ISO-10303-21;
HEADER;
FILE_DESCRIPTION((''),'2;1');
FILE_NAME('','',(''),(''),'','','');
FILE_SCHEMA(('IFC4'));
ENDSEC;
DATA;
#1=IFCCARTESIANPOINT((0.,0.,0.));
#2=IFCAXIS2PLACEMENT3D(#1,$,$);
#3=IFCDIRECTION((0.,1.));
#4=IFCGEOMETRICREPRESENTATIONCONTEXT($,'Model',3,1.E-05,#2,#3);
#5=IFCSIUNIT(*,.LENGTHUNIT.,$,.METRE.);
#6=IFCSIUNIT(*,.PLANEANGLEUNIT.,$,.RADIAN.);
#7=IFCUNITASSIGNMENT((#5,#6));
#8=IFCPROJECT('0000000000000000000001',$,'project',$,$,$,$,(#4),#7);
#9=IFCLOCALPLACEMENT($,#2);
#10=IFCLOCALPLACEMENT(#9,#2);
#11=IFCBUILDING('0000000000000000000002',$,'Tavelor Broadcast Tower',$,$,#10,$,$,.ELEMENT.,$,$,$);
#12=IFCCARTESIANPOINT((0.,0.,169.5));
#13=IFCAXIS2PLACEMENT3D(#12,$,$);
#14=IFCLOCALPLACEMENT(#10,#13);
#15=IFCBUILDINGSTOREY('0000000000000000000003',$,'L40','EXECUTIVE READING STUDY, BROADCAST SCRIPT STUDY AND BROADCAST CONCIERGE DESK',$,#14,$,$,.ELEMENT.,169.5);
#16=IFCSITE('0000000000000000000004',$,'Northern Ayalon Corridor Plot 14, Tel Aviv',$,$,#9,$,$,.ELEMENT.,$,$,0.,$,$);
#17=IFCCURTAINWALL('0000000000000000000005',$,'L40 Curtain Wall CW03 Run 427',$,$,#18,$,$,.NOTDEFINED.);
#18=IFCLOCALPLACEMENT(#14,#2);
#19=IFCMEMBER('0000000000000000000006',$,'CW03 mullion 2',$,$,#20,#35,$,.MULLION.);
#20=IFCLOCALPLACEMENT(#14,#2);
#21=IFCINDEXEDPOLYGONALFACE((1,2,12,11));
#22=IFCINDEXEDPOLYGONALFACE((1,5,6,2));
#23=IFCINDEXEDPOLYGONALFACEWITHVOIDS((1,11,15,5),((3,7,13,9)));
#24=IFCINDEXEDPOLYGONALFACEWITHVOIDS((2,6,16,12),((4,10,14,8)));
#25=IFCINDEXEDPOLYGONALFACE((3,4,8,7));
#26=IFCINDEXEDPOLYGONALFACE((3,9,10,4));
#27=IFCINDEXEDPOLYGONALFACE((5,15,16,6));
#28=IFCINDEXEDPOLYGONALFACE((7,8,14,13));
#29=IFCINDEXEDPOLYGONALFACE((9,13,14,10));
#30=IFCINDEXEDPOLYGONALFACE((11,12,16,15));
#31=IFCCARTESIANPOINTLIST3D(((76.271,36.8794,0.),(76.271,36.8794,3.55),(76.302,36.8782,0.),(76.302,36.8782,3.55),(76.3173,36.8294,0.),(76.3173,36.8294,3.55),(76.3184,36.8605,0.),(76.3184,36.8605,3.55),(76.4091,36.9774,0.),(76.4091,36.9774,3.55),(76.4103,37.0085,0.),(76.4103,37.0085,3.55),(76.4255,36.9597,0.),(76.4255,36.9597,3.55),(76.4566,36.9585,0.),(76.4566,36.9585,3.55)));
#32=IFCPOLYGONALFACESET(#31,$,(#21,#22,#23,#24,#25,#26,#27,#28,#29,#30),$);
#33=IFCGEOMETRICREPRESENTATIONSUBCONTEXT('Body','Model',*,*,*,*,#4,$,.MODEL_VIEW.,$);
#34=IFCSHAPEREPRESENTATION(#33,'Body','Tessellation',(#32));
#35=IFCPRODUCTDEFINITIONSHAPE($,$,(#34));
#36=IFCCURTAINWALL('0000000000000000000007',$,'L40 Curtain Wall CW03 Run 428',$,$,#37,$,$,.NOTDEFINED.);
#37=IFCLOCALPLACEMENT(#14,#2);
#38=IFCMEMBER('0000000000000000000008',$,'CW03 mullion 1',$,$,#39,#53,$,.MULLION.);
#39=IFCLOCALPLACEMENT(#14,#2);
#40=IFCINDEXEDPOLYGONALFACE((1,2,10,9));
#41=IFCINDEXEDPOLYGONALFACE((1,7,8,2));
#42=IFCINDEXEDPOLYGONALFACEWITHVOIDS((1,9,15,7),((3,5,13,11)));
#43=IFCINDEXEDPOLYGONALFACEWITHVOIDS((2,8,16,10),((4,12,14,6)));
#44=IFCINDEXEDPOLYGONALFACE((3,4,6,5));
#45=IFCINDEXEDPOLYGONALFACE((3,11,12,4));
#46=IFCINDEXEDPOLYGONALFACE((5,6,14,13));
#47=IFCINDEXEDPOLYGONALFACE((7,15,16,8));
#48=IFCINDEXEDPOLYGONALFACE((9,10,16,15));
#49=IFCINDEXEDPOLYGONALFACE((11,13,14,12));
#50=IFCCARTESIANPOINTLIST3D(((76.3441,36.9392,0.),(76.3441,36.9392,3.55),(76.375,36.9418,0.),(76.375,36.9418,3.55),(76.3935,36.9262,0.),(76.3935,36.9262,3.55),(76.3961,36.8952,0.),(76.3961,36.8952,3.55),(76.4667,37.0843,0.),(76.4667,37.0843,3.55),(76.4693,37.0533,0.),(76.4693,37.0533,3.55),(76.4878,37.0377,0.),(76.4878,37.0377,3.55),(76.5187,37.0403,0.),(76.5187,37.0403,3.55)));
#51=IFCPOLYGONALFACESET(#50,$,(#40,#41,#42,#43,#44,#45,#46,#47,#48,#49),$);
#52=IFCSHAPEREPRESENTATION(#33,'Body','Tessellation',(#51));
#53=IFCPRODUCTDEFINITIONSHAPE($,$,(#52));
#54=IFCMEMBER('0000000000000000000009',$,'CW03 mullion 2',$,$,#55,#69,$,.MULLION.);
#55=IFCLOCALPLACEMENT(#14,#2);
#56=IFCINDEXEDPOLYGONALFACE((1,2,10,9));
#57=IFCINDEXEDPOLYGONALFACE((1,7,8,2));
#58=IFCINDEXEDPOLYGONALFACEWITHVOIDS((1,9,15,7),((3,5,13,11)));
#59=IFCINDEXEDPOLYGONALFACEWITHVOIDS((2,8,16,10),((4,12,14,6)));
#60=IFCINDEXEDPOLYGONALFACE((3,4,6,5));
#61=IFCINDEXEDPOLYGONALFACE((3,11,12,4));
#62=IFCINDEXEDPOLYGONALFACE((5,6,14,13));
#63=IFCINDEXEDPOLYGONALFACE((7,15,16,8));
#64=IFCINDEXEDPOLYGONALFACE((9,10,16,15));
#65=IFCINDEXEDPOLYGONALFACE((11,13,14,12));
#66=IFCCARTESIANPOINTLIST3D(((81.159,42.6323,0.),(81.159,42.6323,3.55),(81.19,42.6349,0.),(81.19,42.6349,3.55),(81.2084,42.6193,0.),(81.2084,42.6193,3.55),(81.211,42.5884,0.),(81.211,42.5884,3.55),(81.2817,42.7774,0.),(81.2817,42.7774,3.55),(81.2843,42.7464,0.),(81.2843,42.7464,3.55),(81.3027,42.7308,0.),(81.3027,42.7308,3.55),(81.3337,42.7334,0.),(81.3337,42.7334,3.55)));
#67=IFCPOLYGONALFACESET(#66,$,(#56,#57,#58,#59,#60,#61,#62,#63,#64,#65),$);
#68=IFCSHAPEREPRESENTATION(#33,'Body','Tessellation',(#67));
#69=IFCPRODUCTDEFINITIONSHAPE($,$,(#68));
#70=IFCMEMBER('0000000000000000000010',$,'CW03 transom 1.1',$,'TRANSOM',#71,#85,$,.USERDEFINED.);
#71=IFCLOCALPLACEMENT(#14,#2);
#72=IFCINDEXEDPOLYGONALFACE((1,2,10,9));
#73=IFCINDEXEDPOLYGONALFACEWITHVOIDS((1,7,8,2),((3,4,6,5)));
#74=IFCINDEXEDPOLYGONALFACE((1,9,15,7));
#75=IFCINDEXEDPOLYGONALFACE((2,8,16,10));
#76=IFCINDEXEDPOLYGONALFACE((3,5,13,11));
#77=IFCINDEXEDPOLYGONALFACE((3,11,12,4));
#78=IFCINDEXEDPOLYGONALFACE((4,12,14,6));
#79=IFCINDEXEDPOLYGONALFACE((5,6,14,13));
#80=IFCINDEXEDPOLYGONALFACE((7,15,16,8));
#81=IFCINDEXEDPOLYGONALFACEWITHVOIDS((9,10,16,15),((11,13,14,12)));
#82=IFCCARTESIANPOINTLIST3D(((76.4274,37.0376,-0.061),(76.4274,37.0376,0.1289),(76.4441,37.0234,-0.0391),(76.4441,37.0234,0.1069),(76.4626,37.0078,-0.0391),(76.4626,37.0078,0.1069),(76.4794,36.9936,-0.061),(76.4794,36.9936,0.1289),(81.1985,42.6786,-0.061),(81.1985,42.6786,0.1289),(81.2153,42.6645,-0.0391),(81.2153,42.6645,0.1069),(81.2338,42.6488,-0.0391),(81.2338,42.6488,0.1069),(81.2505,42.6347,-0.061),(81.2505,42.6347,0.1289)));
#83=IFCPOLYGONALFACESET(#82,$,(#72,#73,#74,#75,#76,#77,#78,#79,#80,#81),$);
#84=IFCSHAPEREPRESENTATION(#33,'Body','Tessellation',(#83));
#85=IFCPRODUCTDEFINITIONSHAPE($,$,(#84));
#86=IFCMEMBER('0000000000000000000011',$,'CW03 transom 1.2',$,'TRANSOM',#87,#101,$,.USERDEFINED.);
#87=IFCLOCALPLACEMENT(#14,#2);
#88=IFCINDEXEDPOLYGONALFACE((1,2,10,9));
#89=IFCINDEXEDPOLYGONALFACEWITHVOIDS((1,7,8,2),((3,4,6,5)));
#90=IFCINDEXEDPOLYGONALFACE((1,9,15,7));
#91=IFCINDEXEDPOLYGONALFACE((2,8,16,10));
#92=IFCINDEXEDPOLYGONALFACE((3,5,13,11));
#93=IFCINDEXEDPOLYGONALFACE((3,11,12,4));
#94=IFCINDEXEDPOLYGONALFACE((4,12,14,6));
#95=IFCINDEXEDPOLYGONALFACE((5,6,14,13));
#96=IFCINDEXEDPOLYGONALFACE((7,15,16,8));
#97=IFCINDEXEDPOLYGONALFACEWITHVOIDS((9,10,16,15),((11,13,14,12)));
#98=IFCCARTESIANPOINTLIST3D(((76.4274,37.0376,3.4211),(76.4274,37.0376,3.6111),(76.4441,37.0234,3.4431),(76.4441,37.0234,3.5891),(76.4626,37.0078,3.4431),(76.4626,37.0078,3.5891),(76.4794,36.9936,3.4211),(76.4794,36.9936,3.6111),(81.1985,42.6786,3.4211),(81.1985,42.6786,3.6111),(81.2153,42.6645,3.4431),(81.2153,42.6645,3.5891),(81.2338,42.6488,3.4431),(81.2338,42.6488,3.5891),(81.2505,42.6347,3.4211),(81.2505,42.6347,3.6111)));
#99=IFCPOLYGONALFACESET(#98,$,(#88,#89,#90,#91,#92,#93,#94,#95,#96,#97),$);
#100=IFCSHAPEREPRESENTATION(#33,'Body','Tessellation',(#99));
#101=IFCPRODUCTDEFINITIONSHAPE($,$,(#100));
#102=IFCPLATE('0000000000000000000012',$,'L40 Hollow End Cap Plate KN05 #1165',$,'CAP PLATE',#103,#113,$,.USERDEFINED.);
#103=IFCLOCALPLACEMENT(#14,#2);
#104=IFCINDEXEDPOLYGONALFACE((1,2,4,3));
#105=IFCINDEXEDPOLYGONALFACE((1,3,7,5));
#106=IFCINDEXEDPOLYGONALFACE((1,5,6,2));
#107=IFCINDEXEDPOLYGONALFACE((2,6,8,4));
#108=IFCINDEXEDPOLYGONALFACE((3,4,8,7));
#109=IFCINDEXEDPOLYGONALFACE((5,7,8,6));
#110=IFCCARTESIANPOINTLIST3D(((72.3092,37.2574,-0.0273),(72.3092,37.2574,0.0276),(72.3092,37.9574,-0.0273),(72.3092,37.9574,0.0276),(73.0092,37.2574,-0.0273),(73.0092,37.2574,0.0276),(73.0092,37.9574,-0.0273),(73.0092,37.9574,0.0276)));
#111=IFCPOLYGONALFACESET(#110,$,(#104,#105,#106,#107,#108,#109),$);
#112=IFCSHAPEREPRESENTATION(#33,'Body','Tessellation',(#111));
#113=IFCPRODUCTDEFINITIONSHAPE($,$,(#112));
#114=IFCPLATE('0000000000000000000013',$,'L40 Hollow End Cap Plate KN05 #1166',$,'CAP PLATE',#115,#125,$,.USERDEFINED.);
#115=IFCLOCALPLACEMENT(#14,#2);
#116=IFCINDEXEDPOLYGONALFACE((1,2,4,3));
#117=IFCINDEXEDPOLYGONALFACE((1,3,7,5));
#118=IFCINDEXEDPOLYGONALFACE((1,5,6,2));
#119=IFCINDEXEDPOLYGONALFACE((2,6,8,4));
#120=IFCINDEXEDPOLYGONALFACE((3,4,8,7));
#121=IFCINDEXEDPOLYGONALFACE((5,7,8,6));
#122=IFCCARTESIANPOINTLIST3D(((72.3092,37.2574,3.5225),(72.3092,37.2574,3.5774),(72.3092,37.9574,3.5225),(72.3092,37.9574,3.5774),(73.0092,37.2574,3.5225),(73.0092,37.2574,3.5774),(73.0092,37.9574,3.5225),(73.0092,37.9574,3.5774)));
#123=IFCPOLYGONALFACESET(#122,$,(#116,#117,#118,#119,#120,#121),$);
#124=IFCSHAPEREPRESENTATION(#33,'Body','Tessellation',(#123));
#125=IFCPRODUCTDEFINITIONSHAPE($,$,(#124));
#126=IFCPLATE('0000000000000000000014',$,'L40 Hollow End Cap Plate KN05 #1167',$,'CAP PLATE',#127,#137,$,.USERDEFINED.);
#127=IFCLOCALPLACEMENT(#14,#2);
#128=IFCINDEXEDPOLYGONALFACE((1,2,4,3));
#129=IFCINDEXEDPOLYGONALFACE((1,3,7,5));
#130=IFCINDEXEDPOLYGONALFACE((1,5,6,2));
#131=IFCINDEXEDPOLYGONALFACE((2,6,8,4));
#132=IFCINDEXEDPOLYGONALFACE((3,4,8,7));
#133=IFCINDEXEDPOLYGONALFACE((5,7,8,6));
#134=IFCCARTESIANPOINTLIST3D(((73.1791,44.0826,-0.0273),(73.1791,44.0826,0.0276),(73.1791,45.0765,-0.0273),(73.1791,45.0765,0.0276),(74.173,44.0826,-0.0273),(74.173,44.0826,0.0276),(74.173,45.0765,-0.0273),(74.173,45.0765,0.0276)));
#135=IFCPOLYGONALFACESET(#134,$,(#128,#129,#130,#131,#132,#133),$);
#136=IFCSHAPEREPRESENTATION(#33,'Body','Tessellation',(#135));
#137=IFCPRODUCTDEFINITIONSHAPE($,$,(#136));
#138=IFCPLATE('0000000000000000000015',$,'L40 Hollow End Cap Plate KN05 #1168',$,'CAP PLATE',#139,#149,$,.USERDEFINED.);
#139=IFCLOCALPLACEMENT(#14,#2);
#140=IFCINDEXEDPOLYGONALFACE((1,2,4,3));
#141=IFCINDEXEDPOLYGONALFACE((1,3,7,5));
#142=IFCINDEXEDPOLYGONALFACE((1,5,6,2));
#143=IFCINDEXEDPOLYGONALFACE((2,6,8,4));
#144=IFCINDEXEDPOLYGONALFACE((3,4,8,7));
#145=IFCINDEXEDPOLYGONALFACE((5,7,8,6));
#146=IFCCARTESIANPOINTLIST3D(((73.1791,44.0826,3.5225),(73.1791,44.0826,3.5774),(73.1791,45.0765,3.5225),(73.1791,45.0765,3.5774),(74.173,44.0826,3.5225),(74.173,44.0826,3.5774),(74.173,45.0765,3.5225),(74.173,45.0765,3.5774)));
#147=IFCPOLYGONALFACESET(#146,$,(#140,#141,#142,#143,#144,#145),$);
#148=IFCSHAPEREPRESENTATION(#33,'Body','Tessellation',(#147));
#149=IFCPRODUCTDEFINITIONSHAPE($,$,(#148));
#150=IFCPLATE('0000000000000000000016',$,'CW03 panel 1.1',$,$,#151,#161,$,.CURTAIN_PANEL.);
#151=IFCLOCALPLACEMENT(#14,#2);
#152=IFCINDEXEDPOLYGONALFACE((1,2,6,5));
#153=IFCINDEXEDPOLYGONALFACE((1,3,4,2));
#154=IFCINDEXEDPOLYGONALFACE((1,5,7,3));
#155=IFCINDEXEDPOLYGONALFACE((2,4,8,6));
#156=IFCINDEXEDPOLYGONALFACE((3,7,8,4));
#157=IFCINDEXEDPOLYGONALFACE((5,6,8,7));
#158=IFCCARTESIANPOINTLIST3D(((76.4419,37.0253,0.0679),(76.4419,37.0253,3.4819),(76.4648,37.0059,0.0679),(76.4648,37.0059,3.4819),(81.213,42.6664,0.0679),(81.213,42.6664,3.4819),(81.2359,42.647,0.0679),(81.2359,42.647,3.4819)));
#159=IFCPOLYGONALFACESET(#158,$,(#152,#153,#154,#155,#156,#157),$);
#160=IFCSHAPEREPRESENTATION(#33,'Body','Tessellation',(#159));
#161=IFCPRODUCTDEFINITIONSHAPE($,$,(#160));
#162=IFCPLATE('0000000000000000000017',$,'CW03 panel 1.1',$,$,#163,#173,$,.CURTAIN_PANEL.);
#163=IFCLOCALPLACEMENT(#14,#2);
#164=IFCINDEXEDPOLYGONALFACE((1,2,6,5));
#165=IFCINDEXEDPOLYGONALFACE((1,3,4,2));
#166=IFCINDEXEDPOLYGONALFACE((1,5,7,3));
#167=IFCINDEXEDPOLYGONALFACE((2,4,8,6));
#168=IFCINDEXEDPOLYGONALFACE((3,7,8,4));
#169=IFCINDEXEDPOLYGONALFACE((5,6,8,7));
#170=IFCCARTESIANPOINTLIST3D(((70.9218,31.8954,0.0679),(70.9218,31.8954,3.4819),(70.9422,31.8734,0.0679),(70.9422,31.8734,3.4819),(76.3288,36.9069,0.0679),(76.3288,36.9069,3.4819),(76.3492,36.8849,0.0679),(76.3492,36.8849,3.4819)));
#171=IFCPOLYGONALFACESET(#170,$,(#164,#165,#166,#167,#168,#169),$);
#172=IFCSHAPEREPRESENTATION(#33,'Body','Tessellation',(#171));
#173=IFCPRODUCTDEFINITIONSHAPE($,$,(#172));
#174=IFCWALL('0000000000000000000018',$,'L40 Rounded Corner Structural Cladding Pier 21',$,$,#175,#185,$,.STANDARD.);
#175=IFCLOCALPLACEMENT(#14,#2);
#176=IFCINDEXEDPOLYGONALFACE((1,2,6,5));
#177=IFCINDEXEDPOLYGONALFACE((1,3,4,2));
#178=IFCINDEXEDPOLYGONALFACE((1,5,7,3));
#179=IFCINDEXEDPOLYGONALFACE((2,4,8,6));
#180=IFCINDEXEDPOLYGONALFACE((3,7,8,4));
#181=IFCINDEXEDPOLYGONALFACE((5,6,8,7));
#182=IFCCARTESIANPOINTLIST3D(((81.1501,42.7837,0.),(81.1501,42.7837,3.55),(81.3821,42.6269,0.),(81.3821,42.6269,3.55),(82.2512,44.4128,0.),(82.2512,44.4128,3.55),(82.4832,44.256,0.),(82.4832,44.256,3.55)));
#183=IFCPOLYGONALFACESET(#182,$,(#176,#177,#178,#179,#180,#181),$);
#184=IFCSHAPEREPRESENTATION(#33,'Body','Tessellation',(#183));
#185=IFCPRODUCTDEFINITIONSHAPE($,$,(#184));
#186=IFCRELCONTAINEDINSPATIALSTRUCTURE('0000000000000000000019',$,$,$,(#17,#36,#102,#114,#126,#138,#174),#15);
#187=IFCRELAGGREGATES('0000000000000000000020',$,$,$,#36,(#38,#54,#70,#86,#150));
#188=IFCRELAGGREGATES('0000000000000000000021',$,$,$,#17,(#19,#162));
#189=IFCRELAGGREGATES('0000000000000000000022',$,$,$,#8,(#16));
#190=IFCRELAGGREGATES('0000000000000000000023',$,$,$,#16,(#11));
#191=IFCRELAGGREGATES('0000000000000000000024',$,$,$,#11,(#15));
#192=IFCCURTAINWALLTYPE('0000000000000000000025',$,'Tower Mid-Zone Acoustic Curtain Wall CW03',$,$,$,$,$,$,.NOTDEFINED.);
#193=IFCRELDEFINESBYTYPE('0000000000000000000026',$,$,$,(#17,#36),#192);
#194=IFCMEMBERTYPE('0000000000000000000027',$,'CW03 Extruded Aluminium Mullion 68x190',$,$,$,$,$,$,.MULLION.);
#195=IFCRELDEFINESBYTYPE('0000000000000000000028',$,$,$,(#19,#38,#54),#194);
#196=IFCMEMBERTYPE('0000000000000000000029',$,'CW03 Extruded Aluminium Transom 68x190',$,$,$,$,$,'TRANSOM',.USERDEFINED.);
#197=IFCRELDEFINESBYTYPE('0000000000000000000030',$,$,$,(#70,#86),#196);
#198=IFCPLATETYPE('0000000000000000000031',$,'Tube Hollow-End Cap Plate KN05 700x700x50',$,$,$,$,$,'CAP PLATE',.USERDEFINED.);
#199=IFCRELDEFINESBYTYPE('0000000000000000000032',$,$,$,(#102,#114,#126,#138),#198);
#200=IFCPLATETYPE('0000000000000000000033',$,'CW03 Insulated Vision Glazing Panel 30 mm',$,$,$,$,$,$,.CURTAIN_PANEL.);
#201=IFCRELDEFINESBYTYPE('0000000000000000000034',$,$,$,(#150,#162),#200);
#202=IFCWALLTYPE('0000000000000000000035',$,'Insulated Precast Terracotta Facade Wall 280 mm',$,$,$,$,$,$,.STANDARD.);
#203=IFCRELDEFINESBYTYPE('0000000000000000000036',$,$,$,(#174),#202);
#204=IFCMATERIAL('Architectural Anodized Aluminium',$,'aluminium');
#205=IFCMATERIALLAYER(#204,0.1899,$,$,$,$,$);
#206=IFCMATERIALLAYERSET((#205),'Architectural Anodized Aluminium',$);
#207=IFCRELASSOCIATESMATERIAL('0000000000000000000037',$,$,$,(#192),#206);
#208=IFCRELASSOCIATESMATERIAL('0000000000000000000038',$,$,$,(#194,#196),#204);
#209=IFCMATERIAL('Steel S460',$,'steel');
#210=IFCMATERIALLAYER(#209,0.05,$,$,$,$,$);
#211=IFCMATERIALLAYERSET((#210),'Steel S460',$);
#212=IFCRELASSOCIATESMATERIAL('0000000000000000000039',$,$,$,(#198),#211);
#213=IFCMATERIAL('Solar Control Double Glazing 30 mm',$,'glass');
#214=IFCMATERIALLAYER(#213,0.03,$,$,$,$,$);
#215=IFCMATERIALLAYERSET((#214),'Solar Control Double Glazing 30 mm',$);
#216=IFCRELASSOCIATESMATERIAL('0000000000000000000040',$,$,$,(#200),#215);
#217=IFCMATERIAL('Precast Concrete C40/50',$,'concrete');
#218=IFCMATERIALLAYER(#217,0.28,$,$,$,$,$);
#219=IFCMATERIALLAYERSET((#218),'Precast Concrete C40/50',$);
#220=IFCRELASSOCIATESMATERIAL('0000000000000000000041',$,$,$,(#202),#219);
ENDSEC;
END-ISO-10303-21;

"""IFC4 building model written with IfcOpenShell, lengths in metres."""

from ifc_helpers import new_model, si_unit, direction, frame, frame_2d, origin, origin_2d, place, context, subcontext, project, spatial, rectangle, hollow_rectangle, extrude, source, transform, mapped, material, layer, layer_set, material_profile, profile_set, type_object, type_shapes, element, aggregate, save


model = new_model("IFC4")

# Units and contexts
model_context = context("Model", 3, precision=1e-05, world=origin(), true_north=direction((0.0, 1.0)))
body_context = subcontext(model_context, "Body", "Model", "MODEL_VIEW")
ifc_project = project(units=[si_unit("LENGTHUNIT", "METRE"), si_unit("PLANEANGLEUNIT", "RADIAN")], contexts=[model_context])

# Site, building, storey
site_placement = place(None, origin())
site = spatial("IfcSite", under=ifc_project, at=site_placement, Name="Northern Ayalon Corridor Plot 14, Tel Aviv", CompositionType="ELEMENT", RefElevation=0.0)
building_placement = place(site_placement, origin())
building = spatial("IfcBuilding", under=site, at=building_placement, Name="Tavelor Broadcast Tower", CompositionType="ELEMENT")
storey_placement = place(building_placement, frame((0.0, 0.0, 169.5)))
storey = spatial("IfcBuildingStorey", under=building, at=storey_placement, Name="L40", Description="EXECUTIVE READING STUDY, BROADCAST SCRIPT STUDY AND BROADCAST CONCIERGE DESK", CompositionType="ELEMENT", Elevation=169.5)

# Shared definitions
ifc_material_1 = material(Name="Steel S460", Category="steel")

# Curtain wall, member
ifc_material_2 = material(Name="Architectural Anodized Aluminium", Category="aluminium")
ifc_layer_1 = layer(ifc_material_2, 0.1899)
ifc_layer_set_1 = layer_set([ifc_layer_1], Name="Architectural Anodized Aluminium")
curtain_wall_type = type_object("IfcCurtainWallType", Name="Tower Mid-Zone Acoustic Curtain Wall CW03", PredefinedType="NOTDEFINED", material=ifc_layer_set_1)
curtain_wall_1_placement = place(storey_placement, origin())
curtain_wall_1 = element("IfcCurtainWall", 1, at=curtain_wall_1_placement, inside=storey, type_object=curtain_wall_type, Name="L40 Curtain Wall CW03 Run 427", PredefinedType="NOTDEFINED")
ifc_material_profile_1 = material_profile(ifc_material_2, hollow_rectangle(XDim=0.0681, YDim=0.1899, WallThickness=0.022, at=origin_2d()), Name="RHS 68x190x22")
ifc_profile_set_1 = profile_set([ifc_material_profile_1], Name="Architectural Anodized Aluminium")
member_type_1 = type_object("IfcMemberType", Name="CW03 Extruded Aluminium Mullion 68x190", PredefinedType="MULLION", material=ifc_profile_set_1)
shared_shape_1 = source(origin(), body_context, "Body", "SweptSolid", [
    extrude(hollow_rectangle(XDim=0.0681, YDim=0.1899, WallThickness=0.022, at=origin_2d()), origin(), (0.0, 0.0, 1.0), 3.55),
])
type_shapes(member_type_1, [shared_shape_1])
member_1_placement = place(storey_placement, frame((76.3638, 36.9189, 0.0), z_axis=(0.0, 0.0, 1.0), x_axis=(-0.679767, 0.733428, 0.0)))
member_1 = element("IfcMember", 2, at=member_1_placement, type_object=member_type_1, Name="CW03 mullion 2", PredefinedType="MULLION", context=body_context, shape_type="MappedRepresentation", body=[
    mapped(shared_shape_1, transform((0.0, 0.0, 0.0), scale=1.0)),
])

# Curtain wall, members
curtain_wall_2_placement = place(storey_placement, origin())
curtain_wall_2 = element("IfcCurtainWall", 3, at=curtain_wall_2_placement, inside=storey, type_object=curtain_wall_type, Name="L40 Curtain Wall CW03 Run 428", PredefinedType="NOTDEFINED")
member_2_placement = place(storey_placement, frame((76.4314, 36.9897, 0.0), z_axis=(0.0, 0.0, 1.0), x_axis=(-0.763528, 0.645774, 0.0)))
member_2 = element("IfcMember", 4, at=member_2_placement, type_object=member_type_1, Name="CW03 mullion 1", PredefinedType="MULLION", context=body_context, shape_type="MappedRepresentation", body=[
    mapped(shared_shape_1, transform((0.0, 0.0, 0.0), scale=1.0)),
])
member_3_placement = place(storey_placement, frame((81.2463, 42.6829, 0.0), z_axis=(0.0, 0.0, 1.0), x_axis=(-0.763528, 0.645774, 0.0)))
member_3 = element("IfcMember", 5, at=member_3_placement, type_object=member_type_1, Name="CW03 mullion 2", PredefinedType="MULLION", context=body_context, shape_type="MappedRepresentation", body=[
    mapped(shared_shape_1, transform((0.0, 0.0, 0.0), scale=1.0)),
])
ifc_material_profile_2 = material_profile(ifc_material_2, hollow_rectangle(XDim=0.0681, YDim=0.1899, WallThickness=0.022, at=origin_2d()), Name="RHS 68x190x22")
ifc_profile_set_2 = profile_set([ifc_material_profile_2], Name="Architectural Anodized Aluminium")
member_type_2 = type_object("IfcMemberType", Name="CW03 Extruded Aluminium Transom 68x190", ElementType="TRANSOM", PredefinedType="USERDEFINED", material=ifc_profile_set_2)
shared_shape_2 = source(origin(), body_context, "Body", "SweptSolid", [
    extrude(hollow_rectangle(XDim=0.0681, YDim=0.1899, WallThickness=0.022, at=origin_2d()), origin(), (0.0, 0.0, 1.0), 7.3882),
])
type_shapes(member_type_2, [shared_shape_2])
member_4_placement = place(storey_placement, frame((76.4534, 37.0156, 0.0339), z_axis=(0.645784, 0.76352, 0.0), x_axis=(-0.76352, 0.645784, 0.0)))
member_4 = element("IfcMember", 6, at=member_4_placement, type_object=member_type_2, Name="CW03 transom 1.1", ObjectType="TRANSOM", PredefinedType="USERDEFINED", context=body_context, shape_type="MappedRepresentation", body=[
    mapped(shared_shape_2, transform((0.0, 0.0, 0.0), scale=1.0)),
])
member_5_placement = place(storey_placement, frame((76.4534, 37.0156, 3.5161), z_axis=(0.645784, 0.76352, 0.0), x_axis=(-0.76352, 0.645784, 0.0)))
member_5 = element("IfcMember", 7, at=member_5_placement, type_object=member_type_2, Name="CW03 transom 1.2", ObjectType="TRANSOM", PredefinedType="USERDEFINED", context=body_context, shape_type="MappedRepresentation", body=[
    mapped(shared_shape_2, transform((0.0, 0.0, 0.0), scale=1.0)),
])

# Plates
ifc_layer_2 = layer(ifc_material_1, 0.05)
ifc_layer_set_2 = layer_set([ifc_layer_2], Name="Steel S460")
plate_type_1 = type_object("IfcPlateType", Name="Tube Hollow-End Cap Plate KN05 700x700x50", ElementType="CAP PLATE", PredefinedType="USERDEFINED", material=ifc_layer_set_2)
shared_shape_3 = source(origin(), body_context, "Body", "SweptSolid", [
    extrude(rectangle(XDim=0.7, YDim=0.7, at=origin_2d()), origin(), (0.0, 0.0, 1.0), 0.0549),
])
for number, where, z_axis, x_axis, name in (
    (8, (72.6592, 37.6074, -0.0273), (0.0, 0.0, 1.0), (1.0, 0.0, 0.0), "L40 Hollow End Cap Plate KN05 #1165"),
    (9, (72.6592, 37.6074, 3.5225), (0.0, 0.0, 1.0), (1.0, 0.0, 0.0), "L40 Hollow End Cap Plate KN05 #1166"),
):
    element("IfcPlate", number, at=place(storey_placement, frame(where, z_axis=z_axis, x_axis=x_axis)), inside=storey, type_object=plate_type_1, Name=name, ObjectType="CAP PLATE", PredefinedType="USERDEFINED", context=body_context, shape_type="MappedRepresentation", body=[
        mapped(shared_shape_3, transform((0.0, 0.0, 0.0), scale=1.0)),
    ])
shared_shape_4 = source(origin(), body_context, "Body", "SweptSolid", [
    extrude(rectangle(XDim=0.9939, YDim=0.9939, at=origin_2d()), origin(), (0.0, 0.0, 1.0), 0.0549),
])
type_shapes(plate_type_1, [shared_shape_3, shared_shape_4])
for number, where, z_axis, x_axis, name in (
    (10, (73.676, 44.5796, -0.0273), (0.0, 0.0, 1.0), (1.0, 0.0, 0.0), "L40 Hollow End Cap Plate KN05 #1167"),
    (11, (73.676, 44.5796, 3.5225), (0.0, 0.0, 1.0), (1.0, 0.0, 0.0), "L40 Hollow End Cap Plate KN05 #1168"),
):
    element("IfcPlate", number, at=place(storey_placement, frame(where, z_axis=z_axis, x_axis=x_axis)), inside=storey, type_object=plate_type_1, Name=name, ObjectType="CAP PLATE", PredefinedType="USERDEFINED", context=body_context, shape_type="MappedRepresentation", body=[
        mapped(shared_shape_4, transform((0.0, 0.0, 0.0), scale=1.0)),
    ])

# Plates
ifc_material_3 = material(Name="Solar Control Double Glazing 30 mm", Category="glass")
ifc_layer_3 = layer(ifc_material_3, 0.03)
ifc_layer_set_3 = layer_set([ifc_layer_3], Name="Solar Control Double Glazing 30 mm")
plate_type_2 = type_object("IfcPlateType", Name="CW03 Insulated Vision Glazing Panel 30 mm", PredefinedType="CURTAIN_PANEL", material=ifc_layer_set_3)
shared_shape_5 = source(origin(), body_context, "Body", "SweptSolid", [
    extrude(rectangle(XDim=7.3882, YDim=0.03, at=origin_2d()), origin(), (0.0, 0.0, 1.0), 3.4141),
])
plate_1_placement = place(storey_placement, frame((78.8389, 39.8362, 0.0679), z_axis=(0.0, 0.0, 1.0), x_axis=(0.645774, 0.763528, 0.0)))
plate_1 = element("IfcPlate", 12, at=plate_1_placement, type_object=plate_type_2, Name="CW03 panel 1.1", PredefinedType="CURTAIN_PANEL", context=body_context, shape_type="MappedRepresentation", body=[
    mapped(shared_shape_5, transform((0.0, 0.0, 0.0), scale=1.0)),
])
aggregate(curtain_wall_2, [member_2, member_3, member_4, member_5, plate_1])
shared_shape_6 = source(origin(), body_context, "Body", "SweptSolid", [
    extrude(rectangle(XDim=7.3723, YDim=0.03, at=origin_2d()), origin(), (0.0, 0.0, 1.0), 3.4141),
])
type_shapes(plate_type_2, [shared_shape_5, shared_shape_6])
plate_2_placement = place(storey_placement, frame((73.6355, 34.3901, 0.0679), z_axis=(0.0, 0.0, 1.0), x_axis=(0.733428, 0.679767, 0.0)))
plate_2 = element("IfcPlate", 13, at=plate_2_placement, type_object=plate_type_2, Name="CW03 panel 1.1", PredefinedType="CURTAIN_PANEL", context=body_context, shape_type="MappedRepresentation", body=[
    mapped(shared_shape_6, transform((0.0, 0.0, 0.0), scale=1.0)),
])
aggregate(curtain_wall_1, [member_1, plate_2])

# Wall
ifc_material_4 = material(Name="Precast Concrete C40/50", Category="concrete")
ifc_layer_4 = layer(ifc_material_4, 0.28)
ifc_layer_set_4 = layer_set([ifc_layer_4], Name="Precast Concrete C40/50")
wall_type_1 = type_object("IfcWallType", Name="Insulated Precast Terracotta Facade Wall 280 mm", PredefinedType="STANDARD", material=ifc_layer_set_4)
wall_1_placement = place(storey_placement, frame((81.2661, 42.7053, 0.0), z_axis=(0.0, 0.0, 1.0), x_axis=(0.559961, 0.828519, 0.0)))
element("IfcWall", 14, at=wall_1_placement, inside=storey, type_object=wall_type_1, Name="L40 Rounded Corner Structural Cladding Pier 21", PredefinedType="STANDARD", context=body_context, shape_type="SweptSolid", body=[
    extrude(rectangle(XDim=1.9663, YDim=0.28, at=frame_2d((0.9832, 0.0))), origin(), (0.0, 0.0, 1.0), 3.55),
])

save(model, "model.ifc")
